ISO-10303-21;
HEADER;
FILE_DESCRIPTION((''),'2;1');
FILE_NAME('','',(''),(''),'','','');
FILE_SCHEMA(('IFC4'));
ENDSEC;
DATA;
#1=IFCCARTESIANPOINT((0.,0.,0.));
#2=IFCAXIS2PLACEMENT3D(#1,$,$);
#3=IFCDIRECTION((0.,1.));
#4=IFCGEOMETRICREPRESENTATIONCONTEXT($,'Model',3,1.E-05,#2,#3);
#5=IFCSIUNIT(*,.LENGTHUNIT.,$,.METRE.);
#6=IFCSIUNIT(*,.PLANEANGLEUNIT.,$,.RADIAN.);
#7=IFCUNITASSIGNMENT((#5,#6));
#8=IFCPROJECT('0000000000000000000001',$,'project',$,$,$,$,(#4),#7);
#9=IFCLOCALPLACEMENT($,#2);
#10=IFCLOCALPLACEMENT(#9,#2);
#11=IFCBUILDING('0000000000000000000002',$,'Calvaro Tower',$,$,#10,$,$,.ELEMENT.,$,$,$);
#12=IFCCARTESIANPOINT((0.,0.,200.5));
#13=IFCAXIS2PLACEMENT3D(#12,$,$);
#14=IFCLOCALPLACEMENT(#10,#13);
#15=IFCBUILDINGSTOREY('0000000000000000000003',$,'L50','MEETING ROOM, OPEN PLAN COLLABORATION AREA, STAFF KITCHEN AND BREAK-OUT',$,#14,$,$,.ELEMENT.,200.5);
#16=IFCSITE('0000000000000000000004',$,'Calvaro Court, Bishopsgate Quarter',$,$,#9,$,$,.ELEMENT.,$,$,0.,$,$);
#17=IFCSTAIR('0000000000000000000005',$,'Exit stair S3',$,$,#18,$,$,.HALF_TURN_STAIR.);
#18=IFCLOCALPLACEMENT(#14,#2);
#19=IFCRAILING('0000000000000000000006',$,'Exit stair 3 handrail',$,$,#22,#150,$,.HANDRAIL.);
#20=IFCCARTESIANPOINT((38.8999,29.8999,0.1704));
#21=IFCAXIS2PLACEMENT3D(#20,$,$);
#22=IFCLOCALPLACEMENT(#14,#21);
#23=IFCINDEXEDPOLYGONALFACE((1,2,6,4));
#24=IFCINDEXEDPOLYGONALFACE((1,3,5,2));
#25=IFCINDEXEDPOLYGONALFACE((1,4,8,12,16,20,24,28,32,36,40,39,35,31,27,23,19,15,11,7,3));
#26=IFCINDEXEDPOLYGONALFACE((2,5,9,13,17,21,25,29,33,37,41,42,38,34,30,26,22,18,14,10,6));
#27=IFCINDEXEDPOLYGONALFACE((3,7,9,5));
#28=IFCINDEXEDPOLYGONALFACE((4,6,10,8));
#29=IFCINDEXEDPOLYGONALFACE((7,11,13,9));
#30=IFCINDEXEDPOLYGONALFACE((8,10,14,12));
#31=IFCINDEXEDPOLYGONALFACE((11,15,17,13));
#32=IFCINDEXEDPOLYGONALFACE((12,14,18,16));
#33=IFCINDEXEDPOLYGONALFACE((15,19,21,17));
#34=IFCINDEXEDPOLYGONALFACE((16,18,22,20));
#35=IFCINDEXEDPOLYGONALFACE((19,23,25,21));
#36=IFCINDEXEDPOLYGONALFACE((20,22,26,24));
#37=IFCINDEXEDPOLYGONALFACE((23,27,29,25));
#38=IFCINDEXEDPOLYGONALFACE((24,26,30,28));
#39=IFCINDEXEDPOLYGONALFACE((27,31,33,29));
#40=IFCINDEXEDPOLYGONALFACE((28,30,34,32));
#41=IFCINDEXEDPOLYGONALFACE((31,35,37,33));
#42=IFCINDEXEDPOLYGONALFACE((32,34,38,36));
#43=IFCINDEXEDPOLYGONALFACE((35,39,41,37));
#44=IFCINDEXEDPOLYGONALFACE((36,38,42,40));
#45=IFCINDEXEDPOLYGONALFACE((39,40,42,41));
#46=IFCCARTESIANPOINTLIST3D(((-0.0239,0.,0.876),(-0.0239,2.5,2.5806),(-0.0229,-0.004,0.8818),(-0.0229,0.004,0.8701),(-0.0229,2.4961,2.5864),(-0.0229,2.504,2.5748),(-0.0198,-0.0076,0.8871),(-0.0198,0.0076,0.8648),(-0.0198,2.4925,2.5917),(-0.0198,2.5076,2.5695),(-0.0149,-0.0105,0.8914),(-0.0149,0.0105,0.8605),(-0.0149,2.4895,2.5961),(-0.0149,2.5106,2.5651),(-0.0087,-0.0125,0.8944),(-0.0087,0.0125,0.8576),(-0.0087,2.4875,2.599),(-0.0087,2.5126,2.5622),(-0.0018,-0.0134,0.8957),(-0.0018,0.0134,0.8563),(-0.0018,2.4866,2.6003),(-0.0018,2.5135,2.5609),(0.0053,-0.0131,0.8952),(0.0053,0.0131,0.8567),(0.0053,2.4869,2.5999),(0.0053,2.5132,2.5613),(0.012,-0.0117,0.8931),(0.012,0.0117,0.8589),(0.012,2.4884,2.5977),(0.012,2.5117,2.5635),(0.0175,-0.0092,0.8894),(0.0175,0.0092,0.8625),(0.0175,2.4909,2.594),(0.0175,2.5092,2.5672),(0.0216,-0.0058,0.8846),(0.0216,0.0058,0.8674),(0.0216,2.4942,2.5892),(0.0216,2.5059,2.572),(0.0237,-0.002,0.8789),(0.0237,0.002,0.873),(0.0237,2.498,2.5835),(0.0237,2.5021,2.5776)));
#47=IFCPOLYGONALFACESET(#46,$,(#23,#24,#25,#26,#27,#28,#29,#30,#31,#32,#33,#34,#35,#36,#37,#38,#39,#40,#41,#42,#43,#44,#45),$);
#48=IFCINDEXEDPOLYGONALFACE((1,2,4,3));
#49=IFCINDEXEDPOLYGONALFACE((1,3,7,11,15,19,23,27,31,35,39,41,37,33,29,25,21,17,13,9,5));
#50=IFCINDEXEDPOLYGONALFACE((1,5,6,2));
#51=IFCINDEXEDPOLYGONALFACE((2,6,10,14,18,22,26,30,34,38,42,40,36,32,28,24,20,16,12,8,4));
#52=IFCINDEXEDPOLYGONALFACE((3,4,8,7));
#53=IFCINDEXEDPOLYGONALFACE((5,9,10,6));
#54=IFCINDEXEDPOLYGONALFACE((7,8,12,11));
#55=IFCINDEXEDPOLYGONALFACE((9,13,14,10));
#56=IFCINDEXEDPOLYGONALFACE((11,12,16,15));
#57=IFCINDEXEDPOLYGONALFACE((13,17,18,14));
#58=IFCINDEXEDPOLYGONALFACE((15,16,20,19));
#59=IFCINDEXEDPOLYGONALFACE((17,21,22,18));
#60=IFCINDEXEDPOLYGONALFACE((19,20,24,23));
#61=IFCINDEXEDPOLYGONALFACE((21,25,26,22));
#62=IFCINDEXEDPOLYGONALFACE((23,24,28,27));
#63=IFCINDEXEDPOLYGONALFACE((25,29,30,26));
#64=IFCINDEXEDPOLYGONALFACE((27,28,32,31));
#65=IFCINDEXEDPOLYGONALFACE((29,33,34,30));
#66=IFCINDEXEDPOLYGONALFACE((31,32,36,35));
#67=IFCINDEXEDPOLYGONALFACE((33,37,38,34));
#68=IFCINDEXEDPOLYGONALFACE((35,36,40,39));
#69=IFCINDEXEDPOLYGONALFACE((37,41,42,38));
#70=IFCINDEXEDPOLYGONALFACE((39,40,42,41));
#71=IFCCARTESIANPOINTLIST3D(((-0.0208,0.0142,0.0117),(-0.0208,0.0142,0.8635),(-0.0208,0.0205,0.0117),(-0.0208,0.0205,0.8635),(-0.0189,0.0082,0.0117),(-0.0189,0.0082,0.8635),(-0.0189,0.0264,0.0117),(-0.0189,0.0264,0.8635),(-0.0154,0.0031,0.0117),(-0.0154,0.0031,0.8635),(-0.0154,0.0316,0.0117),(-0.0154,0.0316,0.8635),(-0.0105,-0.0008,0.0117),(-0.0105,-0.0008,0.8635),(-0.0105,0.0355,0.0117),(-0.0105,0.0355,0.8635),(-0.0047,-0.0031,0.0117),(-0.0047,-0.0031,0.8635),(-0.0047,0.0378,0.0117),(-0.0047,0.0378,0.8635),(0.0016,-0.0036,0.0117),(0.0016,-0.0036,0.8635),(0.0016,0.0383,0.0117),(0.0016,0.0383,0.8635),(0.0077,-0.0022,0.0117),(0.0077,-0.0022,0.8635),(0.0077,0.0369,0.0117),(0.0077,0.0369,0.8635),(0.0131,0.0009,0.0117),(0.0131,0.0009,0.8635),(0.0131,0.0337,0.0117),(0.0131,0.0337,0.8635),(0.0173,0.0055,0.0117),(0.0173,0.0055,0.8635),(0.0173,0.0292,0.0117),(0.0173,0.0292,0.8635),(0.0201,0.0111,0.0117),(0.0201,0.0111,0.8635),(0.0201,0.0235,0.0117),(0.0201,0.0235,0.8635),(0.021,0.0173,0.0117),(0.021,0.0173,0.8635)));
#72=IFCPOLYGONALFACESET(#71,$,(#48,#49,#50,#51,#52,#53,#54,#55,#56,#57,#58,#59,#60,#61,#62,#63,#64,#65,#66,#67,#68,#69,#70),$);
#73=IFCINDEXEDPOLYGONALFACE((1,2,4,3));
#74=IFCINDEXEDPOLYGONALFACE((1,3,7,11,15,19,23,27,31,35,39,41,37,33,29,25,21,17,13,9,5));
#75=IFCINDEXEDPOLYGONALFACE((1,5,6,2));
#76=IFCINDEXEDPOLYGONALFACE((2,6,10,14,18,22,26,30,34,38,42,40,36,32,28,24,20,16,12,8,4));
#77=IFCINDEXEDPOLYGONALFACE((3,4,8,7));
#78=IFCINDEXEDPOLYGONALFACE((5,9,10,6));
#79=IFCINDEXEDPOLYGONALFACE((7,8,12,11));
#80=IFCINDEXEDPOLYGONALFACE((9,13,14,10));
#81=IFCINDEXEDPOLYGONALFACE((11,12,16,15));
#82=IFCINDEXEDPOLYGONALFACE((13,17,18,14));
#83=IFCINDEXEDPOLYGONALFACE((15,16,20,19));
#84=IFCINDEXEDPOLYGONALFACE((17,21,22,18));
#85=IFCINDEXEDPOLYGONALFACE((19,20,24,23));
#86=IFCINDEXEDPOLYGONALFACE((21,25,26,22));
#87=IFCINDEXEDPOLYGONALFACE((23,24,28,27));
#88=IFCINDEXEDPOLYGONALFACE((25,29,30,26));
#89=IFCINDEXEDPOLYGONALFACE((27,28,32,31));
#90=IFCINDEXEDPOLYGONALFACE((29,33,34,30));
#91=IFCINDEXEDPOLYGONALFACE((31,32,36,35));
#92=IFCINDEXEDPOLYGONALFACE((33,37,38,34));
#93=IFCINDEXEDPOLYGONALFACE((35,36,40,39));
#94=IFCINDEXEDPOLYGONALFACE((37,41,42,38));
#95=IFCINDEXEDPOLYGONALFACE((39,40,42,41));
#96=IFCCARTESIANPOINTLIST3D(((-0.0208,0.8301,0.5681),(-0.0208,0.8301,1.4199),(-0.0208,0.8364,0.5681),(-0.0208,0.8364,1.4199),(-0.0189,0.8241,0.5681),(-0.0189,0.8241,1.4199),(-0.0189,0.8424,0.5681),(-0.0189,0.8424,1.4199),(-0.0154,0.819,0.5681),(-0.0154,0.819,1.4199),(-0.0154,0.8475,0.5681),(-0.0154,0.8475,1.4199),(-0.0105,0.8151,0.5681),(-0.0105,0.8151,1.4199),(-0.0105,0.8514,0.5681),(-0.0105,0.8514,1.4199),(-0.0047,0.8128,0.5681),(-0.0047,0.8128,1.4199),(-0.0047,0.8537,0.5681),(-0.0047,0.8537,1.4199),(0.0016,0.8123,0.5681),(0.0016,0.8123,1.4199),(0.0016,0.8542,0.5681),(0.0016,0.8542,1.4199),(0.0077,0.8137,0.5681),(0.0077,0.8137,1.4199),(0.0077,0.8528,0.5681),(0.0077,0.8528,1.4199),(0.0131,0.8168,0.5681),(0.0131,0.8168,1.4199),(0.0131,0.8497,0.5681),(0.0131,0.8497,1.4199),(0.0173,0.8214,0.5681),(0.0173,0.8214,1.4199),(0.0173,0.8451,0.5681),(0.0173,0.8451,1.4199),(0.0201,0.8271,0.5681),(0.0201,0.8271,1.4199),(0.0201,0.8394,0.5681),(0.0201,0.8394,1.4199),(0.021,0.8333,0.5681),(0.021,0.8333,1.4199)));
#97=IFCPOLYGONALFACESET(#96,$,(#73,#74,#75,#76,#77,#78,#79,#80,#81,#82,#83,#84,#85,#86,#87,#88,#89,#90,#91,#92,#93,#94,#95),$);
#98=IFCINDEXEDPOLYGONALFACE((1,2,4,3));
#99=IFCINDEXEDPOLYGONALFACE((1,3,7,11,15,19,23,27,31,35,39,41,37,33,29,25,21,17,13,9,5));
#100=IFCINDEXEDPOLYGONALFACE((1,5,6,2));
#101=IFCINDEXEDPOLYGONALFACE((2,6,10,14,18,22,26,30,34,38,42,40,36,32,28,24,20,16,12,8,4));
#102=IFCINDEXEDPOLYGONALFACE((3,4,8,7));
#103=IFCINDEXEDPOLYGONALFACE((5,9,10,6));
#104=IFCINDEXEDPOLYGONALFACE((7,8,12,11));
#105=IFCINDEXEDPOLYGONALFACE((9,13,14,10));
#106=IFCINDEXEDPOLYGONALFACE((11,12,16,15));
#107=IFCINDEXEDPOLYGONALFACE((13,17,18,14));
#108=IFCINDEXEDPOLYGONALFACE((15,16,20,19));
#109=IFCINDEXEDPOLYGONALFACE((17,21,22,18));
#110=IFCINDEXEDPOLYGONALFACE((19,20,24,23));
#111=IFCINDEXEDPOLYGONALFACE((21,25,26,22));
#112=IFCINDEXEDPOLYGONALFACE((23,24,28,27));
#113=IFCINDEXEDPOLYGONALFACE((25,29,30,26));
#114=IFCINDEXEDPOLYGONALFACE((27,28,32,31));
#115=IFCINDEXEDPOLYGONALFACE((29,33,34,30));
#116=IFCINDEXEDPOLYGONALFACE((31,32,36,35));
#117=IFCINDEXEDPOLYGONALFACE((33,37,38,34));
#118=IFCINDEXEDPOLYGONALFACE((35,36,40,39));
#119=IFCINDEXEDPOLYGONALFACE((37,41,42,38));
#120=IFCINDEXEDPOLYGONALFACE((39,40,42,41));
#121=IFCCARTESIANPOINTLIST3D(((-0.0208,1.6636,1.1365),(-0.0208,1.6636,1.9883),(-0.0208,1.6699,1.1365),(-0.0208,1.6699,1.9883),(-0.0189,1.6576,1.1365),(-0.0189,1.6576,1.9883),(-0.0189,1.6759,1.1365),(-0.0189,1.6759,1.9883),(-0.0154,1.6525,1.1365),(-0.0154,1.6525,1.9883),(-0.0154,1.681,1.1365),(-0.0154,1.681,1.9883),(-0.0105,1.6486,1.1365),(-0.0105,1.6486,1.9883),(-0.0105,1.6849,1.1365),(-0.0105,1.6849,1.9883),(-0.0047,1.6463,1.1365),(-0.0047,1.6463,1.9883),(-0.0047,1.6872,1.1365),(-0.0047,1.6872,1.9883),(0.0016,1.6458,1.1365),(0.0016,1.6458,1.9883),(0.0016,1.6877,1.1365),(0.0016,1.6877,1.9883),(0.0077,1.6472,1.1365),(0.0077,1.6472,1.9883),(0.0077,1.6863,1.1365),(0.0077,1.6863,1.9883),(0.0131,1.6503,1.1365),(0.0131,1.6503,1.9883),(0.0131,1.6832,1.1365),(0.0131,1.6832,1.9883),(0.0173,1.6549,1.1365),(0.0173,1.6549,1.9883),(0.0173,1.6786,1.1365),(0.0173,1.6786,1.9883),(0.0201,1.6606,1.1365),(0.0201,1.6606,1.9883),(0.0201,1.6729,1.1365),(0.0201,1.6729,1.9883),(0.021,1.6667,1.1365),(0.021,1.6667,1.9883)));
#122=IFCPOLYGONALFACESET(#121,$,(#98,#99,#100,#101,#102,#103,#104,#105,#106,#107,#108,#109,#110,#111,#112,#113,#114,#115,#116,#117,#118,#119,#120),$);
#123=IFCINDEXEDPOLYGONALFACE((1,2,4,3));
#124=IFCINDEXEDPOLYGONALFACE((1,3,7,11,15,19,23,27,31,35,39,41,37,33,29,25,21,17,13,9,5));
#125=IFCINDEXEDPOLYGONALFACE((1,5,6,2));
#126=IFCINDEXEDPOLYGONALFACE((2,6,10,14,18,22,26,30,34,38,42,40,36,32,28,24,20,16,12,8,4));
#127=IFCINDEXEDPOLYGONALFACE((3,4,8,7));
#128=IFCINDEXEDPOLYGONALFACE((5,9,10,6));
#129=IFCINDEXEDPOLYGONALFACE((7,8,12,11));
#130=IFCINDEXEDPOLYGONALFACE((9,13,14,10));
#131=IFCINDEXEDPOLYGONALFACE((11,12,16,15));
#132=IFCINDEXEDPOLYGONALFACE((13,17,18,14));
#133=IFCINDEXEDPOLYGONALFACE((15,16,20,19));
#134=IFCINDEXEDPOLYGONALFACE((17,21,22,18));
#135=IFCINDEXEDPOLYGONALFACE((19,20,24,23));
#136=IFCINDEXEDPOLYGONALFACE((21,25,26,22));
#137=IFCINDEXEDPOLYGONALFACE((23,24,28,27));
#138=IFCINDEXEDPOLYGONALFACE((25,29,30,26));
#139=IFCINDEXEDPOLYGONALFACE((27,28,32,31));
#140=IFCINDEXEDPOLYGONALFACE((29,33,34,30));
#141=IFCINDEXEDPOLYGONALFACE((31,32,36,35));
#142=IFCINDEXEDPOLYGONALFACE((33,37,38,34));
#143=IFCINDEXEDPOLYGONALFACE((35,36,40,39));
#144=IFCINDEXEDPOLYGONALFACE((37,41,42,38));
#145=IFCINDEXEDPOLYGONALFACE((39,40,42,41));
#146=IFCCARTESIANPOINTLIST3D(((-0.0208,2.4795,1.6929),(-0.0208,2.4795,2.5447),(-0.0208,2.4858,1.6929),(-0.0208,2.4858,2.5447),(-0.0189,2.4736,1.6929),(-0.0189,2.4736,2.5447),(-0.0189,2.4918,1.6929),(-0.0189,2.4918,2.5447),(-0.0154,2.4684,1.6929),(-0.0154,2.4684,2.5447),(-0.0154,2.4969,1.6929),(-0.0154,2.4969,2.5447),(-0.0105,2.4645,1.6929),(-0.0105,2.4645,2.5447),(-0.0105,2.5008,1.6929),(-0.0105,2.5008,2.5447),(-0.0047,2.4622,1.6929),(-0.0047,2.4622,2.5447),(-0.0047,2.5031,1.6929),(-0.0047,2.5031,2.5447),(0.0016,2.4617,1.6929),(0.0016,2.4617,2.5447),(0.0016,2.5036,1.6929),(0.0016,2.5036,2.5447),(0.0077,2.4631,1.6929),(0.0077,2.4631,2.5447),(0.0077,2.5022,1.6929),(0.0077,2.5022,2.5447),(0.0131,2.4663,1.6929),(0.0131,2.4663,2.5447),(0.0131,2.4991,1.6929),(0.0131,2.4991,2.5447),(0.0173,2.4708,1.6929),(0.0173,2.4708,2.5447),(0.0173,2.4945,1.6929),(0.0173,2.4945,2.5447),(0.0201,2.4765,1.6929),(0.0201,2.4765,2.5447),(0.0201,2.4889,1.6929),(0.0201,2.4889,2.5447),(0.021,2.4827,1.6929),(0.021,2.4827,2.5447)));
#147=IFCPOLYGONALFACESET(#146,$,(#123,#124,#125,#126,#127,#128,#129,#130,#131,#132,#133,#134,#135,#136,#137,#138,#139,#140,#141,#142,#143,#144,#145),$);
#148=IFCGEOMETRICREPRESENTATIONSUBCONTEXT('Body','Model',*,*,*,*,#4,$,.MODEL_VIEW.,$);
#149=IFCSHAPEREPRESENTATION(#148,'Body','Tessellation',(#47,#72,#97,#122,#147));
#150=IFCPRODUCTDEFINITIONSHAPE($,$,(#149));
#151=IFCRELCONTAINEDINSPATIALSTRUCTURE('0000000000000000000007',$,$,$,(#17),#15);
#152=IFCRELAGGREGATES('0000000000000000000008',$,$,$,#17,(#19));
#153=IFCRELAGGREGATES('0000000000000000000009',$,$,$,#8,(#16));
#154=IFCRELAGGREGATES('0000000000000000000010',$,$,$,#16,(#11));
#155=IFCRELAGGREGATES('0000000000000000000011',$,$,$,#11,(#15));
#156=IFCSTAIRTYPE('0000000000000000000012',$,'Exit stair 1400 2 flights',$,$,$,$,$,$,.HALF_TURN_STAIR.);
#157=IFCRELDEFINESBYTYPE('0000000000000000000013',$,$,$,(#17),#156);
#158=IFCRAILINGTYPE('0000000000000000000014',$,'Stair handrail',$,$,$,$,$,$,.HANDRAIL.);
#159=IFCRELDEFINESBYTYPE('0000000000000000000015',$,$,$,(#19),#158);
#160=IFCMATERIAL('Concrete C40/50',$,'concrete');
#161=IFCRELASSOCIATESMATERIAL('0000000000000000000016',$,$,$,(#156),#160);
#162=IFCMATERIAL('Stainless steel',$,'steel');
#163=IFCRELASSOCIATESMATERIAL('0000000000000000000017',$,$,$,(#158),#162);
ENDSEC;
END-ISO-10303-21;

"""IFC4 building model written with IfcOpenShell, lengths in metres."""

from ifc_helpers import new_model, si_unit, direction, frame, origin, origin_2d, place, context, subcontext, project, spatial, circle, extrude, material, type_object, element, aggregate, save


model = new_model("IFC4")

# Units and contexts
model_context = context("Model", 3, precision=1e-05, world=origin(), true_north=direction((0.0, 1.0)))
body_context = subcontext(model_context, "Body", "Model", "MODEL_VIEW")
ifc_project = project(units=[si_unit("LENGTHUNIT", "METRE"), si_unit("PLANEANGLEUNIT", "RADIAN")], contexts=[model_context])

# Site, building, storey
site_placement = place(None, origin())
site = spatial("IfcSite", under=ifc_project, at=site_placement, Name="Calvaro Court, Bishopsgate Quarter", CompositionType="ELEMENT", RefElevation=0.0)
building_placement = place(site_placement, origin())
building = spatial("IfcBuilding", under=site, at=building_placement, Name="Calvaro Tower", CompositionType="ELEMENT")
storey_placement = place(building_placement, frame((0.0, 0.0, 200.5)))
storey = spatial("IfcBuildingStorey", under=building, at=storey_placement, Name="L50", Description="MEETING ROOM, OPEN PLAN COLLABORATION AREA, STAFF KITCHEN AND BREAK-OUT", CompositionType="ELEMENT", Elevation=200.5)

# Stair, railing
ifc_material_1 = material(Name="Concrete C40/50", Category="concrete")
stair_type = type_object("IfcStairType", Name="Exit stair 1400 2 flights", PredefinedType="HALF_TURN_STAIR", material=ifc_material_1)
stair_placement = place(storey_placement, origin())
stair = element("IfcStair", 1, at=stair_placement, inside=storey, type_object=stair_type, Name="Exit stair S3", PredefinedType="HALF_TURN_STAIR")
ifc_material_2 = material(Name="Stainless steel", Category="steel")
railing_type = type_object("IfcRailingType", Name="Stair handrail", PredefinedType="HANDRAIL", material=ifc_material_2)
railing_1_placement = place(storey_placement, frame((38.8999, 29.8999, 0.1704)))
railing_1 = element("IfcRailing", 2, at=railing_1_placement, type_object=railing_type, Name="Exit stair 3 handrail", PredefinedType="HANDRAIL", context=body_context, shape_type="SweptSolid", body=[
    extrude(circle(Radius=0.0239, at=origin_2d()), frame((0.0, 0.0, 0.876), z_axis=(0.0, 0.826221, 0.563347), x_axis=(-1.0, 0.0, 0.0)), (0.0, 0.0, 1.0), 3.0259),
    extrude(circle(Radius=0.021, at=origin_2d()), frame((0.0, 0.0173, 0.0117)), (0.0, 0.0, 1.0), 0.8518),
    extrude(circle(Radius=0.021, at=origin_2d()), frame((0.0, 0.8333, 0.5681)), (0.0, 0.0, 1.0), 0.8518),
    extrude(circle(Radius=0.021, at=origin_2d()), frame((0.0, 1.6667, 1.1365)), (0.0, 0.0, 1.0), 0.8518),
    extrude(circle(Radius=0.021, at=origin_2d()), frame((0.0, 2.4827, 1.6929)), (0.0, 0.0, 1.0), 0.8518),
])
aggregate(stair, [railing_1])

save(model, "model.ifc")
